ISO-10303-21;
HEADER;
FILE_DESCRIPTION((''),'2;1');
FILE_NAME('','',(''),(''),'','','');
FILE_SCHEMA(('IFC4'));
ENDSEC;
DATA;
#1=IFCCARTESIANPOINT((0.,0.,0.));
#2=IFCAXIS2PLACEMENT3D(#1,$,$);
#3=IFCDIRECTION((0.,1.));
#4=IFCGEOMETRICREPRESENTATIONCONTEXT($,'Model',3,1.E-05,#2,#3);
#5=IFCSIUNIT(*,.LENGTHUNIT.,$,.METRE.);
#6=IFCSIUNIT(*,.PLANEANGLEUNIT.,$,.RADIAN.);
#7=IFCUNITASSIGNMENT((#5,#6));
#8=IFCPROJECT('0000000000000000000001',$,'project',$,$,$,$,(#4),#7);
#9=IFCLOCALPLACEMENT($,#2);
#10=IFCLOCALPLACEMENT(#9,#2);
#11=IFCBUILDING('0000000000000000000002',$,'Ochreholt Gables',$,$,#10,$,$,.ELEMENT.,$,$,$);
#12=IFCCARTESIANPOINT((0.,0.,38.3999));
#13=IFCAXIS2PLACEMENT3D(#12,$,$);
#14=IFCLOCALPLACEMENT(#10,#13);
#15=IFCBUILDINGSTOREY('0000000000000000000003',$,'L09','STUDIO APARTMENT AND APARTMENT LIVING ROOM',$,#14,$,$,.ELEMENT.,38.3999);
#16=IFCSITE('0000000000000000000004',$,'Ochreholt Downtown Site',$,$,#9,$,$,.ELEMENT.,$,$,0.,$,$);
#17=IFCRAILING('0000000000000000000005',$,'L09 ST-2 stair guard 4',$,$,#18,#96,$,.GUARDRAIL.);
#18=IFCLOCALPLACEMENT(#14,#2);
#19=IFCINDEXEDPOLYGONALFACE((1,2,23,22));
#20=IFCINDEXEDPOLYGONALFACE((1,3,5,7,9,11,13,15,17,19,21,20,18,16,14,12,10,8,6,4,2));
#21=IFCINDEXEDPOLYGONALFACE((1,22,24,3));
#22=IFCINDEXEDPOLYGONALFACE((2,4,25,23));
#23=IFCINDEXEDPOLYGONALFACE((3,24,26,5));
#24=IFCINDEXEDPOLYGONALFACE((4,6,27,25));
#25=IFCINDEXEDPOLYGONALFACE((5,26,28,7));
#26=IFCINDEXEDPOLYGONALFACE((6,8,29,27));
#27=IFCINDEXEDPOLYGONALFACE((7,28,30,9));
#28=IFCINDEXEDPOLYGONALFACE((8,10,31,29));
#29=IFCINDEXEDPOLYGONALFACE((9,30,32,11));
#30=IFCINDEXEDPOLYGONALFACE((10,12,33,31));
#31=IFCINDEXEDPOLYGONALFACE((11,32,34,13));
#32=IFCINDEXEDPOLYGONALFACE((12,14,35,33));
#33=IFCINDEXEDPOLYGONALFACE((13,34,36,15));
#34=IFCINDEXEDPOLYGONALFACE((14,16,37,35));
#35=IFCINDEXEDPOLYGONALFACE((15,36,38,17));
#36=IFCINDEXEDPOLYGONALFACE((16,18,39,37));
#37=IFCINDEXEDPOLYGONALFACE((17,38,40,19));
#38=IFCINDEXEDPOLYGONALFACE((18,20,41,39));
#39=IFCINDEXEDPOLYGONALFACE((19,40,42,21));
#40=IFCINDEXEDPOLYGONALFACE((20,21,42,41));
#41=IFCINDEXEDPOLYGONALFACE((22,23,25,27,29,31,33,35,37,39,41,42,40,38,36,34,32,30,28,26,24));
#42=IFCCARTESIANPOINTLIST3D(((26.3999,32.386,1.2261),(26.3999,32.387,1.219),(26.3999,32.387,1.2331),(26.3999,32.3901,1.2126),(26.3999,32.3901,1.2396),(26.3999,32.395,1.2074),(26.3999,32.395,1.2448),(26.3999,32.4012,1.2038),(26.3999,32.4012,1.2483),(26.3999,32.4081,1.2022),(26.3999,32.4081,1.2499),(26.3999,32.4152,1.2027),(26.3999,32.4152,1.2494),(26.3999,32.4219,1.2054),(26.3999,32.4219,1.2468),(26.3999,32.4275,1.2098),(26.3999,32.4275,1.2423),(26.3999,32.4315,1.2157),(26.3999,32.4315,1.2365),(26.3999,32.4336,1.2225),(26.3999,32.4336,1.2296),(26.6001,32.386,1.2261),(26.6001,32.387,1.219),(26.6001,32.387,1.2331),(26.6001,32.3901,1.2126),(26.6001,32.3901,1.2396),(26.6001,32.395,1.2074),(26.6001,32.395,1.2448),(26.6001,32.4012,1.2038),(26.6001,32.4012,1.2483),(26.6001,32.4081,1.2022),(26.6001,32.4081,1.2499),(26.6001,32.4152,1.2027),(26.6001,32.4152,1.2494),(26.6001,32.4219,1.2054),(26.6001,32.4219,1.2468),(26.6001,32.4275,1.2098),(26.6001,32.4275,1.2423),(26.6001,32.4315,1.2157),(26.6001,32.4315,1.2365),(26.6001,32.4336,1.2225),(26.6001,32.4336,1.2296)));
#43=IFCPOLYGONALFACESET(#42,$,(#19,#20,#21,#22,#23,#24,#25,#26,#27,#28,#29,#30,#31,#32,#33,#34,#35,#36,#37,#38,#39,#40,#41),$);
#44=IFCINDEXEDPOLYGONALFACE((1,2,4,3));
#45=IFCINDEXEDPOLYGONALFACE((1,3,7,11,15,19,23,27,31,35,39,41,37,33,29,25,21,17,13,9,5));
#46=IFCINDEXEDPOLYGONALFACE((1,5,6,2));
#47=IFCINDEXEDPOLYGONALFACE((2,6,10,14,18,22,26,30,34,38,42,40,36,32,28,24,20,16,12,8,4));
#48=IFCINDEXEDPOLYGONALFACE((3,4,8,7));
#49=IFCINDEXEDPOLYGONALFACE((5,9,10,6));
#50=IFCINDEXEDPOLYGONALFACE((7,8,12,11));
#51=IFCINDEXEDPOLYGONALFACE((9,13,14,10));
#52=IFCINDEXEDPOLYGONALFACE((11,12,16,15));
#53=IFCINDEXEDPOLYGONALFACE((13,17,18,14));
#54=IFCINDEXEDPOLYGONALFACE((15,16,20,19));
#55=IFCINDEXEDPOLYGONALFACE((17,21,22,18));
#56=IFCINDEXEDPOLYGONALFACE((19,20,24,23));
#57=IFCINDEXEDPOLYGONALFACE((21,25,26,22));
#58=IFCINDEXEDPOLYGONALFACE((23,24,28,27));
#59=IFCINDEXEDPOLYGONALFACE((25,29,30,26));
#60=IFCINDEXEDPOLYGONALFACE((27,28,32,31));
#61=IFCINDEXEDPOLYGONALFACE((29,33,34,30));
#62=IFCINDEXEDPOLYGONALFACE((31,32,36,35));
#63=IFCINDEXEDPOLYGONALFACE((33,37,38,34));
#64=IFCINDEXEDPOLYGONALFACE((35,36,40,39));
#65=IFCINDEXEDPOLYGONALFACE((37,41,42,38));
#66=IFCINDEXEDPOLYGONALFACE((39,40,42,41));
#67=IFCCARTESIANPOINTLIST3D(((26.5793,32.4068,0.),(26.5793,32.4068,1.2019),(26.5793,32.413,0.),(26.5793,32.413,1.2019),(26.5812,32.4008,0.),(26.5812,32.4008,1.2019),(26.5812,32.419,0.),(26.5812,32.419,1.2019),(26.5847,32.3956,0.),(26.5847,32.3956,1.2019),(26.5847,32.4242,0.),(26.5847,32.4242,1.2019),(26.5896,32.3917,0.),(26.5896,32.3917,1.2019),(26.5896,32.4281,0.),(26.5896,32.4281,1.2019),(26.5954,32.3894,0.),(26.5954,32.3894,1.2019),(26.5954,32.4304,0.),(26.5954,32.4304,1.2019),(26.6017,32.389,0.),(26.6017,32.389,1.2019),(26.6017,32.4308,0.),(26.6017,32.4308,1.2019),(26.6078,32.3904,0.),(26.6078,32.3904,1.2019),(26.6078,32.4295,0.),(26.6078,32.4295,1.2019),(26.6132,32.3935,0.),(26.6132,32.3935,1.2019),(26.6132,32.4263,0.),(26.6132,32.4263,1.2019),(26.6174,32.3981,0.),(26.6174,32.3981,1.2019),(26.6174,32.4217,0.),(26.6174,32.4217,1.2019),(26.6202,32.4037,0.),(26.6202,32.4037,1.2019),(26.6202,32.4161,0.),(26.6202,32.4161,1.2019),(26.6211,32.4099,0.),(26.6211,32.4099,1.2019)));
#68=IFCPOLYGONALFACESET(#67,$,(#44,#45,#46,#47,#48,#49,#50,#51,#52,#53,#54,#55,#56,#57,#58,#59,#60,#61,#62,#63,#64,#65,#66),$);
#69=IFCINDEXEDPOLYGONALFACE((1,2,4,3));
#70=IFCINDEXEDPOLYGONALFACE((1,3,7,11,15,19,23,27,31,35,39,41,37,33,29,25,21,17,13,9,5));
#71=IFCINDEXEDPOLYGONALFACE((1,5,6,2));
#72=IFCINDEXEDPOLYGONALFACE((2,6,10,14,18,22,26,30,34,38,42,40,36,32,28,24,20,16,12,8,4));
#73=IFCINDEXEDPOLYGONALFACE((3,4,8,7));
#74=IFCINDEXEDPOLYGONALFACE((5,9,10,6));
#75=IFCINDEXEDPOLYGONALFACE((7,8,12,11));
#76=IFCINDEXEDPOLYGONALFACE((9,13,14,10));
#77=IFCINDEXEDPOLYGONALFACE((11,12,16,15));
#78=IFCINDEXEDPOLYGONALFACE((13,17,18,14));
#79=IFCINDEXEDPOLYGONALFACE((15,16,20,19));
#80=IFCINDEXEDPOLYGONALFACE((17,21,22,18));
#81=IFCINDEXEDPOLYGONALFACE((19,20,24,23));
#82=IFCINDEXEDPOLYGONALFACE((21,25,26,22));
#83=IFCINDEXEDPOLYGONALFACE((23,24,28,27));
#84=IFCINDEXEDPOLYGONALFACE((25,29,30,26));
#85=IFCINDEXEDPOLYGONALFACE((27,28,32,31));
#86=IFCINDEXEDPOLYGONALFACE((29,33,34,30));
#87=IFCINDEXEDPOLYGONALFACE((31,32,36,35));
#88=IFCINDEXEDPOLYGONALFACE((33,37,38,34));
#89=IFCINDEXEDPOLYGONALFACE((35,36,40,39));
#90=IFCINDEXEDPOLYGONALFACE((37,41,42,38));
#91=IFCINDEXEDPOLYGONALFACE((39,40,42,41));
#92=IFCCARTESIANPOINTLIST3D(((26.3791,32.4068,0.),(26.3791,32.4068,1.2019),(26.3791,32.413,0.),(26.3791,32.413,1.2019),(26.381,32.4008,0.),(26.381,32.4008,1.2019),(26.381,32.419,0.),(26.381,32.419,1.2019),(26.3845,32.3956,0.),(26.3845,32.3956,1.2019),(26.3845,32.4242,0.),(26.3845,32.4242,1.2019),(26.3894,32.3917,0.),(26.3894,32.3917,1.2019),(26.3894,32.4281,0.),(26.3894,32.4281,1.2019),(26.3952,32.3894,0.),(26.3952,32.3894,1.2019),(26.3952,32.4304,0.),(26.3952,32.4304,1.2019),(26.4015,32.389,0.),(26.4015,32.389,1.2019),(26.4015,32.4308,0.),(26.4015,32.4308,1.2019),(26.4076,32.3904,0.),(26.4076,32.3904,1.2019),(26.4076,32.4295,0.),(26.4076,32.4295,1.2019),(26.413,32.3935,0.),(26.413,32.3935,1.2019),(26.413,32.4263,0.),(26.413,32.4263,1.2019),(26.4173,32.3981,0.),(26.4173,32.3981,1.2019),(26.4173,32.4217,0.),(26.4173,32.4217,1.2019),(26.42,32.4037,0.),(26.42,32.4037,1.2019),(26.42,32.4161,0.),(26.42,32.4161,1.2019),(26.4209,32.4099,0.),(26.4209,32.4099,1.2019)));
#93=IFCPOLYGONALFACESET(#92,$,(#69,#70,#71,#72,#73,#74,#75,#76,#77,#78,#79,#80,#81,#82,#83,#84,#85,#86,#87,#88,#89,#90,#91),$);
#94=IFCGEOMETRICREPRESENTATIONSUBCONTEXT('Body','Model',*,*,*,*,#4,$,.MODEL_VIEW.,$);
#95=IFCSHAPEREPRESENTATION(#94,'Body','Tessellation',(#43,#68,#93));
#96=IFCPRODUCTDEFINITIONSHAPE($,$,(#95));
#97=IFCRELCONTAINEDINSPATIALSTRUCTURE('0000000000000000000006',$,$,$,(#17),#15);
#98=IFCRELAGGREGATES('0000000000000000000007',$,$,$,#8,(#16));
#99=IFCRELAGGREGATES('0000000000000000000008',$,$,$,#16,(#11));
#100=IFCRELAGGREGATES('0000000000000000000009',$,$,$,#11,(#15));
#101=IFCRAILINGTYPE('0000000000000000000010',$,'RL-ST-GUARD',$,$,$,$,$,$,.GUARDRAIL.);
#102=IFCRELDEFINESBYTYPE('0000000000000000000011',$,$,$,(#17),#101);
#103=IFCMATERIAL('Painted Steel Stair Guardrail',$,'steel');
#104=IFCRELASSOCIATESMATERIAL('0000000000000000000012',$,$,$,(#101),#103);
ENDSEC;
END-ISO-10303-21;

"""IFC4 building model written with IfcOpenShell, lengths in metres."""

from ifc_helpers import new_model, si_unit, direction, frame, origin, origin_2d, place, context, subcontext, project, spatial, circle, extrude, material, type_object, element, save


model = new_model("IFC4")

# Units and contexts
model_context = context("Model", 3, precision=1e-05, world=origin(), true_north=direction((0.0, 1.0)))
body_context = subcontext(model_context, "Body", "Model", "MODEL_VIEW")
ifc_project = project(units=[si_unit("LENGTHUNIT", "METRE"), si_unit("PLANEANGLEUNIT", "RADIAN")], contexts=[model_context])

# Site, building, storey
site_placement = place(None, origin())
site = spatial("IfcSite", under=ifc_project, at=site_placement, Name="Ochreholt Downtown Site", CompositionType="ELEMENT", RefElevation=0.0)
building_placement = place(site_placement, origin())
building = spatial("IfcBuilding", under=site, at=building_placement, Name="Ochreholt Gables", CompositionType="ELEMENT")
storey_placement = place(building_placement, frame((0.0, 0.0, 38.3999)))
storey = spatial("IfcBuildingStorey", under=building, at=storey_placement, Name="L09", Description="STUDIO APARTMENT AND APARTMENT LIVING ROOM", CompositionType="ELEMENT", Elevation=38.3999)

# Railing
ifc_material_1 = material(Name="Painted Steel Stair Guardrail", Category="steel")
railing_type_1 = type_object("IfcRailingType", Name="RL-ST-GUARD", PredefinedType="GUARDRAIL", material=ifc_material_1)
railing_1_placement = place(storey_placement, frame((26.6001, 32.4099, 0.0)))
element("IfcRailing", 1, at=railing_1_placement, inside=storey, type_object=railing_type_1, Name="L09 ST-2 stair guard 4", PredefinedType="GUARDRAIL", context=body_context, shape_type="SweptSolid", body=[
    extrude(circle(Radius=0.0239, at=origin_2d()), frame((0.0, 0.0, 1.2261), z_axis=(-1.0, 0.0, 0.0), x_axis=(0.0, -1.0, 0.0)), (0.0, 0.0, 1.0), 0.2002),
    extrude(circle(Radius=0.021, at=origin_2d()), origin(), (0.0, 0.0, 1.0), 1.2019),
    extrude(circle(Radius=0.021, at=origin_2d()), frame((-0.2002, 0.0, 0.0)), (0.0, 0.0, 1.0), 1.2019),
])

save(model, "model.ifc")
